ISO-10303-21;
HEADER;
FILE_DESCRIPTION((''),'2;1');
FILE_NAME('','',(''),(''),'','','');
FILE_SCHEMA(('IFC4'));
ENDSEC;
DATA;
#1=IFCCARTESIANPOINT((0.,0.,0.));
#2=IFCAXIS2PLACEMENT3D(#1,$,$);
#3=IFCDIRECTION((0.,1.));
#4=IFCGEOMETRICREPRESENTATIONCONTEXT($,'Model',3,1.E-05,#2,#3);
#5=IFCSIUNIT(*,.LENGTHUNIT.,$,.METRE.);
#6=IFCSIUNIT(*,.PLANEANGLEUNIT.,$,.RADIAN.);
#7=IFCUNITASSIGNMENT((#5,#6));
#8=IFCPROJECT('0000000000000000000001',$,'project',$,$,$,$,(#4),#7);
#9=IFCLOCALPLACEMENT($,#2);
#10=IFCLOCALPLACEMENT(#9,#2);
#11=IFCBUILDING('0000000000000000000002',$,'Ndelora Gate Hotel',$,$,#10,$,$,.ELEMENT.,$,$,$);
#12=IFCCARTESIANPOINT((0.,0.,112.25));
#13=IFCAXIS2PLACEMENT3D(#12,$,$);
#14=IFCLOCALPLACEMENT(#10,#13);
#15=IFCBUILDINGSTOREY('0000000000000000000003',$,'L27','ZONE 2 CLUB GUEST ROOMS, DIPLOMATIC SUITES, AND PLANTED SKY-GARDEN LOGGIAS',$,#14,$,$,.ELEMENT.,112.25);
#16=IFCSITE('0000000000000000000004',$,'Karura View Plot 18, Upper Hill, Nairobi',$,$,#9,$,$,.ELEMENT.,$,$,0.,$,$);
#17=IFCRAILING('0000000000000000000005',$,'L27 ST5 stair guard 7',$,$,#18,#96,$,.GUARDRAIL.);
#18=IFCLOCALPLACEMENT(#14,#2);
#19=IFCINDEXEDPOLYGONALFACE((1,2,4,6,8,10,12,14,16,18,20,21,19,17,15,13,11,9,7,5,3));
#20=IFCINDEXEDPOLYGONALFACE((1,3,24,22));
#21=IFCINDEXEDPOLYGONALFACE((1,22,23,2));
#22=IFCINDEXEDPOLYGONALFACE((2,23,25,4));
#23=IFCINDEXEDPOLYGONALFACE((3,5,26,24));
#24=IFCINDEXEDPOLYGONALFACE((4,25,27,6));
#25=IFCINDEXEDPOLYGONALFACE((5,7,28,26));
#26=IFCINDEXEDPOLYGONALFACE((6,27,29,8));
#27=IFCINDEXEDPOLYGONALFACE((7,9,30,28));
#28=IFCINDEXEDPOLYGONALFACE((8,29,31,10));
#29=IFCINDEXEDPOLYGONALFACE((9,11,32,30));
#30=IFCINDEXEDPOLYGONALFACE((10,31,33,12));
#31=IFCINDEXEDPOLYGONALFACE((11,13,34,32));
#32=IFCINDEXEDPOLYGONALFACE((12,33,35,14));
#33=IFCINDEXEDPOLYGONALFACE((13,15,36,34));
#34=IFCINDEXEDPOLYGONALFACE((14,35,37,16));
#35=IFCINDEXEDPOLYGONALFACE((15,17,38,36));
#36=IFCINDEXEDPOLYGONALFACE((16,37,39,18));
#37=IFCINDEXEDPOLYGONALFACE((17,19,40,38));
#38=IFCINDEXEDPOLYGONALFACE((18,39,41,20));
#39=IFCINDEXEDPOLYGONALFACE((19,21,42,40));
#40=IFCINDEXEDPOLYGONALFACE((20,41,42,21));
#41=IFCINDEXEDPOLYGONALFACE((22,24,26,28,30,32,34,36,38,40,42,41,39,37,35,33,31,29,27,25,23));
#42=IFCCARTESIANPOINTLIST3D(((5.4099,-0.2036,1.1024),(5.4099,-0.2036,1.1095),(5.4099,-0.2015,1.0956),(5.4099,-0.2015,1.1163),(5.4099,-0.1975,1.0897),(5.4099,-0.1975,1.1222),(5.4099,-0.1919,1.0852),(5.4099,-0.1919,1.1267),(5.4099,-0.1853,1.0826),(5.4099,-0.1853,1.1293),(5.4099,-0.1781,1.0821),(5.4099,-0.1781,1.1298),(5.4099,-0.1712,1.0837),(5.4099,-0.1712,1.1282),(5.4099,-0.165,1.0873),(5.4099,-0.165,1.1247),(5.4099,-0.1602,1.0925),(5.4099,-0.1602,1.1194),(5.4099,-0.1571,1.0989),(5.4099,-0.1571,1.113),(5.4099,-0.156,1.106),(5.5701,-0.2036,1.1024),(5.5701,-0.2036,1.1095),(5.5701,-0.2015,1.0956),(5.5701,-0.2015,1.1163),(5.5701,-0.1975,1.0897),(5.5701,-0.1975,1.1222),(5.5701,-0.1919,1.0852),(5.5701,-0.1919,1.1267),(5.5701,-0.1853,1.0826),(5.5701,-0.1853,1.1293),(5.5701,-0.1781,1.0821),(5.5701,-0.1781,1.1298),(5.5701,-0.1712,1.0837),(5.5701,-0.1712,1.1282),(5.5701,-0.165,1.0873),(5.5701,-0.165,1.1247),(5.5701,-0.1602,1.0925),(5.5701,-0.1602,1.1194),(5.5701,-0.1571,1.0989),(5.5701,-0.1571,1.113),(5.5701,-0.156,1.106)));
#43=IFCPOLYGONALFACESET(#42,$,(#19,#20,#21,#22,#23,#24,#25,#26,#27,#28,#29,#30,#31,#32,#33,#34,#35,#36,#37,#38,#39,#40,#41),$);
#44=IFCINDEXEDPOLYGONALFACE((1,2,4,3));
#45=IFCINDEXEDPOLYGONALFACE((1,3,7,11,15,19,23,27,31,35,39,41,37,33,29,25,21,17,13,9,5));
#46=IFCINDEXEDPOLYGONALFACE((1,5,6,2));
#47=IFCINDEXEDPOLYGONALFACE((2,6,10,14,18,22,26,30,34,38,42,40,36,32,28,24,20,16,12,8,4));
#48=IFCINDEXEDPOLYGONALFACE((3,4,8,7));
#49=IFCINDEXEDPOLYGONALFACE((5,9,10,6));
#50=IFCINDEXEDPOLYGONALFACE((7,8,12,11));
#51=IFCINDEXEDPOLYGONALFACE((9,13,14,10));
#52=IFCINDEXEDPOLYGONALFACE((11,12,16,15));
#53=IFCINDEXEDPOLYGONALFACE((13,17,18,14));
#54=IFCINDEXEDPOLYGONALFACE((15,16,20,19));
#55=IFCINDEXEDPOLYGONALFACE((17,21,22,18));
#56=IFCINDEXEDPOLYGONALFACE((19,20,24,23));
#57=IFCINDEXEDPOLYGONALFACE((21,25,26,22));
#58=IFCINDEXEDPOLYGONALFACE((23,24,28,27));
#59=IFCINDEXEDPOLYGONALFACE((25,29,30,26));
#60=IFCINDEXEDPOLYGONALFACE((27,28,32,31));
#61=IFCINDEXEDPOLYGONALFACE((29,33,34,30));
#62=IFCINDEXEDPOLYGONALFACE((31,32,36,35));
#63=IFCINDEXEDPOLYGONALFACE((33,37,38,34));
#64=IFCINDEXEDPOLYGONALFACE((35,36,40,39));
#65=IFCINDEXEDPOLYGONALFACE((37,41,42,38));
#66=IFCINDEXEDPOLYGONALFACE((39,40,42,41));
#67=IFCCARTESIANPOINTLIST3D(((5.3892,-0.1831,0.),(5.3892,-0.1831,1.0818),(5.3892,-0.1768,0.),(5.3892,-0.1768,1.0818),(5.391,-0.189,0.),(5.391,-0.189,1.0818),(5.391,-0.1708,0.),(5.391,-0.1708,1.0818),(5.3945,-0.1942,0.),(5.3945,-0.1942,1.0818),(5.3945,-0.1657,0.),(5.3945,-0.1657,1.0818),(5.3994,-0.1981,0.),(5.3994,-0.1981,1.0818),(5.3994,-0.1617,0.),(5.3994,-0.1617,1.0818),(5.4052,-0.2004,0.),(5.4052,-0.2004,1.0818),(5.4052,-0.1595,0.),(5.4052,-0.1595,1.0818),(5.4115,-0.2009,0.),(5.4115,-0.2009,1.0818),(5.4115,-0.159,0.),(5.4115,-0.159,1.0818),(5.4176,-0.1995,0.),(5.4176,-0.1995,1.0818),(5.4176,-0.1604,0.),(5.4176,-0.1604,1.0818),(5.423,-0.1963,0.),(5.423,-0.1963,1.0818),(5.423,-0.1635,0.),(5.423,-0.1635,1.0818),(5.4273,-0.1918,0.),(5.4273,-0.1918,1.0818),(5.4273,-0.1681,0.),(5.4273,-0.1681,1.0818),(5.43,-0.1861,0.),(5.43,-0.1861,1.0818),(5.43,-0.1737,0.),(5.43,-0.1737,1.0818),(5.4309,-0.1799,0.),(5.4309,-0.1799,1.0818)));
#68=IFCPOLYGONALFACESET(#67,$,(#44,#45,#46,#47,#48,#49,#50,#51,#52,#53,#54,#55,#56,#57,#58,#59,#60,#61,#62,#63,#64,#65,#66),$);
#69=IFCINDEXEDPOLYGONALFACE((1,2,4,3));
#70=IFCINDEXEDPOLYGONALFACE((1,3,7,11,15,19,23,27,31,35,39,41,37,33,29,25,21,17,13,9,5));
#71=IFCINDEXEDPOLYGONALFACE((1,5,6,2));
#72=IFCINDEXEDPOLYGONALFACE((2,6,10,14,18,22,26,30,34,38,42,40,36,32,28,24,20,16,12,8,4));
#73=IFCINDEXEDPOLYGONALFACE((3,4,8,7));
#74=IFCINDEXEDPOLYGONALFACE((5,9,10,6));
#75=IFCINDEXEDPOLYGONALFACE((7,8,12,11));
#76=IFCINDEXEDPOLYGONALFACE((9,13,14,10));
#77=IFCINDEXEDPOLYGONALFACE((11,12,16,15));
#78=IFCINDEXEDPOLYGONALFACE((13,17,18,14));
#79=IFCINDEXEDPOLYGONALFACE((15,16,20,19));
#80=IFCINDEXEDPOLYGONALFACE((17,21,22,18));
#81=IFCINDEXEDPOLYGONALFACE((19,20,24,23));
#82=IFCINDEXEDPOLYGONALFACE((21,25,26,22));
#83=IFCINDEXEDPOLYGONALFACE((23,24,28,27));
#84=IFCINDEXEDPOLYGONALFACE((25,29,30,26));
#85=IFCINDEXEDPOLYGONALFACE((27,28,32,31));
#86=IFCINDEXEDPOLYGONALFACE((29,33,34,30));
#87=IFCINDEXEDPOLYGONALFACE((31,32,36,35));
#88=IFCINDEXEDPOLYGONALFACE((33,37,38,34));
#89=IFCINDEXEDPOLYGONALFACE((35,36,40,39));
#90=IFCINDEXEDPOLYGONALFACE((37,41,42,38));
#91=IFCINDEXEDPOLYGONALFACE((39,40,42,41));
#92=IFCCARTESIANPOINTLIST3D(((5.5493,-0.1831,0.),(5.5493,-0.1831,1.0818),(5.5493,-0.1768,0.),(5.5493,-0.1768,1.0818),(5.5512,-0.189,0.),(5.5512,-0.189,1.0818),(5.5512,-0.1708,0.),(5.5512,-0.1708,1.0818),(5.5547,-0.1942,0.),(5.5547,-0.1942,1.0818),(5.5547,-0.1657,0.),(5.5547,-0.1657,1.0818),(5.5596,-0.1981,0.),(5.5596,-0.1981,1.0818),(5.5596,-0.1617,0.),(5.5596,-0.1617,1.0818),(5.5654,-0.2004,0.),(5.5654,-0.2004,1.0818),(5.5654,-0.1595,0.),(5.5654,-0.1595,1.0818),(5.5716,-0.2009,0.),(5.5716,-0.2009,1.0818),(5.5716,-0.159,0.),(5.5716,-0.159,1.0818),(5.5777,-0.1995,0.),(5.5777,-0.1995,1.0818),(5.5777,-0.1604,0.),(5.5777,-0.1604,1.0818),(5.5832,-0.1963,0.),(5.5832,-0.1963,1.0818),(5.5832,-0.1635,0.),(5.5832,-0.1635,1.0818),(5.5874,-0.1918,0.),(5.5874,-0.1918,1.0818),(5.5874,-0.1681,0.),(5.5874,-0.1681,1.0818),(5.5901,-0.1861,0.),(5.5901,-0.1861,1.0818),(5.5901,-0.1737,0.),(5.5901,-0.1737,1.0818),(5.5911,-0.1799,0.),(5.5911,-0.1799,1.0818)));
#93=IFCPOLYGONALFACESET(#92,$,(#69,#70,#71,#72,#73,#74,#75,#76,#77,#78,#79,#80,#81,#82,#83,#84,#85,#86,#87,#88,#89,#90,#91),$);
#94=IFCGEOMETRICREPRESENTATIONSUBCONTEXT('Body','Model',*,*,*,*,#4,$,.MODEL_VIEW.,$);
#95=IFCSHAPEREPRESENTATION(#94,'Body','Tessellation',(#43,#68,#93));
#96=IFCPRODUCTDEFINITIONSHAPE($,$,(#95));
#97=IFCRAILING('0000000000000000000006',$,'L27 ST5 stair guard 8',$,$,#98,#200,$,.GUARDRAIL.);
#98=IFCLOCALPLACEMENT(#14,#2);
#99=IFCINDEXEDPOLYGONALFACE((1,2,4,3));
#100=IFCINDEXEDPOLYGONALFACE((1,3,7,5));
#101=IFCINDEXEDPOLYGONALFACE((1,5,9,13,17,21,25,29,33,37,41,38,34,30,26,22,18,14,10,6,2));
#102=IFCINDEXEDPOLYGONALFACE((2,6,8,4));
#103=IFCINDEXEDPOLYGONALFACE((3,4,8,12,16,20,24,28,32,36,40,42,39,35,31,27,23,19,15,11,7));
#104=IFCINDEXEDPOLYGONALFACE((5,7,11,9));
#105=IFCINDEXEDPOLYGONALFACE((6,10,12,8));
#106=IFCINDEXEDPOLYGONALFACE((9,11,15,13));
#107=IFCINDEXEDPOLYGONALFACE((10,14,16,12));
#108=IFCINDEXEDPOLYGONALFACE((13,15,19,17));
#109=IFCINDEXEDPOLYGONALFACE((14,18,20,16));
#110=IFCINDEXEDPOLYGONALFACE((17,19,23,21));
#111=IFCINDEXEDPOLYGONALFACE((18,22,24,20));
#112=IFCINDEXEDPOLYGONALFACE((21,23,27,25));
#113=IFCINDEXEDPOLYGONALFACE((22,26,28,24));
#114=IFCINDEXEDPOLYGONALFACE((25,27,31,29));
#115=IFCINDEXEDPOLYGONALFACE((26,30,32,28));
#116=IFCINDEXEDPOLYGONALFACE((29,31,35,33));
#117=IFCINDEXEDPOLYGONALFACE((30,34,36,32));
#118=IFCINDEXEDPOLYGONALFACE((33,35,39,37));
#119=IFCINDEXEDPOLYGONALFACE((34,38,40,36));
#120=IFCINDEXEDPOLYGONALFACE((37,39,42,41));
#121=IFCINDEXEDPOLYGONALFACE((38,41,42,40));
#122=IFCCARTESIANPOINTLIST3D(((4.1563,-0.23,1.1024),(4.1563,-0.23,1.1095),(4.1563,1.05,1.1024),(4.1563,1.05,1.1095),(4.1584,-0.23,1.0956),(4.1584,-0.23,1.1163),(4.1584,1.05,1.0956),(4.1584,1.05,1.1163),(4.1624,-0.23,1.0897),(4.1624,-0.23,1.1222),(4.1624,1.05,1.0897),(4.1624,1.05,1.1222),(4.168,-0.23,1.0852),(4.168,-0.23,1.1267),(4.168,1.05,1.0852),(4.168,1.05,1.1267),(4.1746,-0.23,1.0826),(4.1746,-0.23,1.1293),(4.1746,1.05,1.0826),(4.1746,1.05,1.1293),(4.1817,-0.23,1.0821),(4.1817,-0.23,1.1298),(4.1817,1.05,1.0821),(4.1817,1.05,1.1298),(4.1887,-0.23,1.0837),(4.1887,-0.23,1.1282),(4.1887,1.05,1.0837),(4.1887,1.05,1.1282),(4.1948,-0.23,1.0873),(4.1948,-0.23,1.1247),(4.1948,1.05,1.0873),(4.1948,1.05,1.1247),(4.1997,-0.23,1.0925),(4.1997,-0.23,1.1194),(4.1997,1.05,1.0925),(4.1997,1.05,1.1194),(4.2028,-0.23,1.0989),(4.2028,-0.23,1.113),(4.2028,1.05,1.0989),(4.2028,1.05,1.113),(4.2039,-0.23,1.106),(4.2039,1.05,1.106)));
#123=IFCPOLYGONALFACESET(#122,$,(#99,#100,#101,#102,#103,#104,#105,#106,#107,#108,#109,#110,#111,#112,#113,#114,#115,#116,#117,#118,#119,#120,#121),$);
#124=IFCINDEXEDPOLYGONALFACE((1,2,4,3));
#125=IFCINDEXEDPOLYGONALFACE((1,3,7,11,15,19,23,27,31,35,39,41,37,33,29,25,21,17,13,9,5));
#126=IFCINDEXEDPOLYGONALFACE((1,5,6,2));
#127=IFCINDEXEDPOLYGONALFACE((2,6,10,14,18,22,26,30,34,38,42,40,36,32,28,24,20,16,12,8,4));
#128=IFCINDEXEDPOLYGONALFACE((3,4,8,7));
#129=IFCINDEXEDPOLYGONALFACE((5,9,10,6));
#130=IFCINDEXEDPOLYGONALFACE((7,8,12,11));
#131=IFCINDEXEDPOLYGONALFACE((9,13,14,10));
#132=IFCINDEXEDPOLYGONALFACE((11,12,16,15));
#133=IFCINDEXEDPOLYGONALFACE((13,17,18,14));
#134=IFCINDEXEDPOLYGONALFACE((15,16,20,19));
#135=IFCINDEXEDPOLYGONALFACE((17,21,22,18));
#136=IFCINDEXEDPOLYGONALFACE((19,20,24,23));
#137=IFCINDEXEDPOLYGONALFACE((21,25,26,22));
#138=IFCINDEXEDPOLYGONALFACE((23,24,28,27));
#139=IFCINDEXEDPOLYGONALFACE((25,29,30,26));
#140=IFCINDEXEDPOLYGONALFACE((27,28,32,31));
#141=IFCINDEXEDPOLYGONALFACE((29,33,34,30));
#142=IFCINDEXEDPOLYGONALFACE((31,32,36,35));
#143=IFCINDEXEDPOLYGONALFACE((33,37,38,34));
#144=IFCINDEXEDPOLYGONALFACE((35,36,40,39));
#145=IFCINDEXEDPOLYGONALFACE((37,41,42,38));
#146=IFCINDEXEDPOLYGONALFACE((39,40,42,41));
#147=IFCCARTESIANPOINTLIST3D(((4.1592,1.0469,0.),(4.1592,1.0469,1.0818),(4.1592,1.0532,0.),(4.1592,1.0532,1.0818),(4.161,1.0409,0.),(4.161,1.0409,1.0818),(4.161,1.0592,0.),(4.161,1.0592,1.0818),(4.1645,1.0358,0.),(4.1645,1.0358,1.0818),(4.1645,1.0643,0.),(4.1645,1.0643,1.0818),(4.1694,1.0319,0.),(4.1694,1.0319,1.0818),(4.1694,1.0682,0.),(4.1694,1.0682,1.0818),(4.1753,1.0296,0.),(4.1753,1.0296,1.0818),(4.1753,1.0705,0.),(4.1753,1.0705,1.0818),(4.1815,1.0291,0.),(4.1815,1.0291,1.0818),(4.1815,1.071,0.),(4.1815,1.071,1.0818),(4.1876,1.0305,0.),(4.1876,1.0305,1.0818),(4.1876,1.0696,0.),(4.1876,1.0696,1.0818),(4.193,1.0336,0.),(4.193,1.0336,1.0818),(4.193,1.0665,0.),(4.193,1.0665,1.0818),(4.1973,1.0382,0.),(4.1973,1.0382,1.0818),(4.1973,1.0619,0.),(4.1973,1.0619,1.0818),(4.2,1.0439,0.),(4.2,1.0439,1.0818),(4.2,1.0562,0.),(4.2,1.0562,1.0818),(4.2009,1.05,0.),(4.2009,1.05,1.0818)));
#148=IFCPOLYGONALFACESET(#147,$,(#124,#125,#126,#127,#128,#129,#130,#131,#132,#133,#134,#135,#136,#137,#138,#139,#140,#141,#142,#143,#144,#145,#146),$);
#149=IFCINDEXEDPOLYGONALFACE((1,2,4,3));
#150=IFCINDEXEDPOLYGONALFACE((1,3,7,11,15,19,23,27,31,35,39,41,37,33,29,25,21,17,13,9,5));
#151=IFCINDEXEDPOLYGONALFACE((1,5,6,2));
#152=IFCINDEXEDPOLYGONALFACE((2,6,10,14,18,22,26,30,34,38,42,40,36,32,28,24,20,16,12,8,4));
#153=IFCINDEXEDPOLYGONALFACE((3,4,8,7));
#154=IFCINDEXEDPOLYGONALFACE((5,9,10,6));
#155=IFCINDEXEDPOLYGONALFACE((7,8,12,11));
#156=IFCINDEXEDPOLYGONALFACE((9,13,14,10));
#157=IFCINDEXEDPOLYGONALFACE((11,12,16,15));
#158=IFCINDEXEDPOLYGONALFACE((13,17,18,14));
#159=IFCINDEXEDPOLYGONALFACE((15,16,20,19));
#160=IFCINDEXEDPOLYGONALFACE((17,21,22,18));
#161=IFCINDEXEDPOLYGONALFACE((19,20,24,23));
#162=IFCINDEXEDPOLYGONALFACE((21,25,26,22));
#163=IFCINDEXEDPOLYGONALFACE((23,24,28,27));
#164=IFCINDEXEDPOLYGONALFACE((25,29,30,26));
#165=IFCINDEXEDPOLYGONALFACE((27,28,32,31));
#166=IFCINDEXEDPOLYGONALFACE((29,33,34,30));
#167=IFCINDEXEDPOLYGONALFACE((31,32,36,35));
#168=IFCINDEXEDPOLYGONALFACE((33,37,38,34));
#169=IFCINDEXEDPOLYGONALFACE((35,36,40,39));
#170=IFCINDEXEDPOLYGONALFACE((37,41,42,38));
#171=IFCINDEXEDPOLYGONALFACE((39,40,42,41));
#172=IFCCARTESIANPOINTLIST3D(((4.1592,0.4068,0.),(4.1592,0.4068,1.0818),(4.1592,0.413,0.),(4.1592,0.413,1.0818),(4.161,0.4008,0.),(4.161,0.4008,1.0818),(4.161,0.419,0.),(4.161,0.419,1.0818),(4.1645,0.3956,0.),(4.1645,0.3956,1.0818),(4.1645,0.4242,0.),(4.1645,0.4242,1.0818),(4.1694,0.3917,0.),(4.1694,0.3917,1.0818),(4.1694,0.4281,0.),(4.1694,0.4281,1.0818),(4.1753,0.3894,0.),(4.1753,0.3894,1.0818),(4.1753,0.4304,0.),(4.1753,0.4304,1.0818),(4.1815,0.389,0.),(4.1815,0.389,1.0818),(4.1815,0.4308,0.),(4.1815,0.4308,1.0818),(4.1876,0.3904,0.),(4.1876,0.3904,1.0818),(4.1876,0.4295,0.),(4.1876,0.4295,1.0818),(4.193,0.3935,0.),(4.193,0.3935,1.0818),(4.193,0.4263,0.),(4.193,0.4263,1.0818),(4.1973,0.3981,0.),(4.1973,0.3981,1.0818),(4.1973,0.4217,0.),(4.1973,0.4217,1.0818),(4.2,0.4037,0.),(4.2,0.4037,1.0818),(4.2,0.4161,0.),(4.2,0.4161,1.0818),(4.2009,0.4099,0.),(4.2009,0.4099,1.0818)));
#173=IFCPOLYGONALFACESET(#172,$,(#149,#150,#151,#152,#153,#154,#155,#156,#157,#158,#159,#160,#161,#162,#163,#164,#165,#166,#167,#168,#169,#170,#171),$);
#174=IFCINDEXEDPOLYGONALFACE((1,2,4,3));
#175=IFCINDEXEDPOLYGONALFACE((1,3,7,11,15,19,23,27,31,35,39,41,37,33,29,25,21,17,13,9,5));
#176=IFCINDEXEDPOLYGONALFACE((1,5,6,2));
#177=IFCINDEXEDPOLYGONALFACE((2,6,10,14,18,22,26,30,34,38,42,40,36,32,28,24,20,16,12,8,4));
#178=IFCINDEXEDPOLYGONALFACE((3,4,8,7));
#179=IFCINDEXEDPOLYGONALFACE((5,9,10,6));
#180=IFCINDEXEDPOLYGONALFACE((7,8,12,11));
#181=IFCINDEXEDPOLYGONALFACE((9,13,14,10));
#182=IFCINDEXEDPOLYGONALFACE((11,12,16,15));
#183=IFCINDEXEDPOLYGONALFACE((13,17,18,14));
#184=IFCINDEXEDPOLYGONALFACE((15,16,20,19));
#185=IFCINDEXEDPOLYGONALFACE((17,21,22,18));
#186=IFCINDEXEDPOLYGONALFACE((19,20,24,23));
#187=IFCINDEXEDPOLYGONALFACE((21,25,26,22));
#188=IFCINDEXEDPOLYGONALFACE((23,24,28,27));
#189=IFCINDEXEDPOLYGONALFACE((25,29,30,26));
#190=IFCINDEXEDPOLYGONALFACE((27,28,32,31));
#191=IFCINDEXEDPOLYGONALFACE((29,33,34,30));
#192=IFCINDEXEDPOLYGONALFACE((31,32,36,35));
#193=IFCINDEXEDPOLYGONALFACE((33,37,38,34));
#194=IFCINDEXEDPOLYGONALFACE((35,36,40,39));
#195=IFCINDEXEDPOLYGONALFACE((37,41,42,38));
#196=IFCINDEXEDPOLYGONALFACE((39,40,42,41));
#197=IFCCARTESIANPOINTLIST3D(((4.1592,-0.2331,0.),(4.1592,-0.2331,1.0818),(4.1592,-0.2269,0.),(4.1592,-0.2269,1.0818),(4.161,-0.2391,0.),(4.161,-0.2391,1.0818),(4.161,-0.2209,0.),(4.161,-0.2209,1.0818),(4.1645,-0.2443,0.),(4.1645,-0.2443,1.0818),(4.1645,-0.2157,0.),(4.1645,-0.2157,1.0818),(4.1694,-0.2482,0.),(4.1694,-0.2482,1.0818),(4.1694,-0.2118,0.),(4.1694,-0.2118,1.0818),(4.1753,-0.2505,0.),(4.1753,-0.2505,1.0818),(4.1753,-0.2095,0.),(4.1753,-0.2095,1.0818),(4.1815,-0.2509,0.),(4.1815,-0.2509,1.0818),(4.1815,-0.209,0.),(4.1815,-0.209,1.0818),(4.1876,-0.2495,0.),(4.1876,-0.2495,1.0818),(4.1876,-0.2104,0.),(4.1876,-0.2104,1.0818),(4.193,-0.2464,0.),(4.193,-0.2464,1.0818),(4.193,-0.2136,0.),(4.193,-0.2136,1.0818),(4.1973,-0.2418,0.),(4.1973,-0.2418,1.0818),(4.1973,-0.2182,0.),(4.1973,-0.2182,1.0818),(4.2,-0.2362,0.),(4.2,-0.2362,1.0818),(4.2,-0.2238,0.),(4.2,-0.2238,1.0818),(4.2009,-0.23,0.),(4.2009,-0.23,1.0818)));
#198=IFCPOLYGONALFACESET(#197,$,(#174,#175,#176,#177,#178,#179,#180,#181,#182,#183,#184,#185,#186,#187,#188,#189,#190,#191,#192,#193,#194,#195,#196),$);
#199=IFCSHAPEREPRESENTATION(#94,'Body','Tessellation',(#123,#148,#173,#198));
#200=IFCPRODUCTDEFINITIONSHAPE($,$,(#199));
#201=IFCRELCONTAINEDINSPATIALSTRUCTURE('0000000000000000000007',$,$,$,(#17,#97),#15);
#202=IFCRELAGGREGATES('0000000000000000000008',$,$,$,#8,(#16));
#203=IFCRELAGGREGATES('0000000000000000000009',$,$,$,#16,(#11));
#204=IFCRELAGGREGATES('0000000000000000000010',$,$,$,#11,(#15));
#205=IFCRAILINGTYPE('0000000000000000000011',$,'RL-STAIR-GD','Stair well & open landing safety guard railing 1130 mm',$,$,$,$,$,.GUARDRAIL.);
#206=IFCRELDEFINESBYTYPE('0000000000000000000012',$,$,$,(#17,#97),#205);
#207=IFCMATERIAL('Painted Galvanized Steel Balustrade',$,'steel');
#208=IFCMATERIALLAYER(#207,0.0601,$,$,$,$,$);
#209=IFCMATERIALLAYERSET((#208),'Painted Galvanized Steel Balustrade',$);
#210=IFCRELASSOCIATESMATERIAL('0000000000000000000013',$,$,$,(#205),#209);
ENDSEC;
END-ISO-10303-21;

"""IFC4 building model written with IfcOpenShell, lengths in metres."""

from ifc_helpers import new_model, si_unit, direction, frame, origin, origin_2d, place, context, subcontext, project, spatial, circle, extrude, material, layer, layer_set, type_object, element, save


model = new_model("IFC4")

# Units and contexts
model_context = context("Model", 3, precision=1e-05, world=origin(), true_north=direction((0.0, 1.0)))
body_context = subcontext(model_context, "Body", "Model", "MODEL_VIEW")
ifc_project = project(units=[si_unit("LENGTHUNIT", "METRE"), si_unit("PLANEANGLEUNIT", "RADIAN")], contexts=[model_context])

# Site, building, storey
site_placement = place(None, origin())
site = spatial("IfcSite", under=ifc_project, at=site_placement, Name="Karura View Plot 18, Upper Hill, Nairobi", CompositionType="ELEMENT", RefElevation=0.0)
building_placement = place(site_placement, origin())
building = spatial("IfcBuilding", under=site, at=building_placement, Name="Ndelora Gate Hotel", CompositionType="ELEMENT")
storey_placement = place(building_placement, frame((0.0, 0.0, 112.25)))
storey = spatial("IfcBuildingStorey", under=building, at=storey_placement, Name="L27", Description="ZONE 2 CLUB GUEST ROOMS, DIPLOMATIC SUITES, AND PLANTED SKY-GARDEN LOGGIAS", CompositionType="ELEMENT", Elevation=112.25)

# Railings
ifc_material_1 = material(Name="Painted Galvanized Steel Balustrade", Category="steel")
ifc_layer_1 = layer(ifc_material_1, 0.0601)
ifc_layer_set_1 = layer_set([ifc_layer_1], Name="Painted Galvanized Steel Balustrade")
railing_type_1 = type_object("IfcRailingType", Name="RL-STAIR-GD", Description="Stair well & open landing safety guard railing 1130 mm", PredefinedType="GUARDRAIL", material=ifc_layer_set_1)
railing_1_placement = place(storey_placement, frame((5.4099, -0.1799, 0.0)))
element("IfcRailing", 1, at=railing_1_placement, inside=storey, type_object=railing_type_1, Name="L27 ST5 stair guard 7", PredefinedType="GUARDRAIL", context=body_context, shape_type="SweptSolid", body=[
    extrude(circle(Radius=0.0239, at=origin_2d()), frame((0.0, 0.0, 1.106), z_axis=(1.0, 0.0, 0.0), x_axis=(0.0, 1.0, 0.0)), (0.0, 0.0, 1.0), 0.1602),
    extrude(circle(Radius=0.021, at=origin_2d()), origin(), (0.0, 0.0, 1.0), 1.0818),
    extrude(circle(Radius=0.021, at=origin_2d()), frame((0.1602, 0.0, 0.0)), (0.0, 0.0, 1.0), 1.0818),
])
for number, where, name in (
    (2, (4.1799, 1.05, 0.0), "L27 ST5 stair guard 8"),
):
    element("IfcRailing", number, at=place(storey_placement, frame(where)), inside=storey, type_object=railing_type_1, Name=name, PredefinedType="GUARDRAIL", context=body_context, shape_type="SweptSolid", body=[
        extrude(circle(Radius=0.0239, at=origin_2d()), frame((0.0, 0.0, 1.106), z_axis=(0.0, -1.0, 0.0), x_axis=(1.0, 0.0, 0.0)), (0.0, 0.0, 1.0), 1.28),
        extrude(circle(Radius=0.021, at=origin_2d()), origin(), (0.0, 0.0, 1.0), 1.0818),
        extrude(circle(Radius=0.021, at=origin_2d()), frame((0.0, -0.6401, 0.0)), (0.0, 0.0, 1.0), 1.0818),
        extrude(circle(Radius=0.021, at=origin_2d()), frame((0.0, -1.28, 0.0)), (0.0, 0.0, 1.0), 1.0818),
    ])

save(model, "model.ifc")
